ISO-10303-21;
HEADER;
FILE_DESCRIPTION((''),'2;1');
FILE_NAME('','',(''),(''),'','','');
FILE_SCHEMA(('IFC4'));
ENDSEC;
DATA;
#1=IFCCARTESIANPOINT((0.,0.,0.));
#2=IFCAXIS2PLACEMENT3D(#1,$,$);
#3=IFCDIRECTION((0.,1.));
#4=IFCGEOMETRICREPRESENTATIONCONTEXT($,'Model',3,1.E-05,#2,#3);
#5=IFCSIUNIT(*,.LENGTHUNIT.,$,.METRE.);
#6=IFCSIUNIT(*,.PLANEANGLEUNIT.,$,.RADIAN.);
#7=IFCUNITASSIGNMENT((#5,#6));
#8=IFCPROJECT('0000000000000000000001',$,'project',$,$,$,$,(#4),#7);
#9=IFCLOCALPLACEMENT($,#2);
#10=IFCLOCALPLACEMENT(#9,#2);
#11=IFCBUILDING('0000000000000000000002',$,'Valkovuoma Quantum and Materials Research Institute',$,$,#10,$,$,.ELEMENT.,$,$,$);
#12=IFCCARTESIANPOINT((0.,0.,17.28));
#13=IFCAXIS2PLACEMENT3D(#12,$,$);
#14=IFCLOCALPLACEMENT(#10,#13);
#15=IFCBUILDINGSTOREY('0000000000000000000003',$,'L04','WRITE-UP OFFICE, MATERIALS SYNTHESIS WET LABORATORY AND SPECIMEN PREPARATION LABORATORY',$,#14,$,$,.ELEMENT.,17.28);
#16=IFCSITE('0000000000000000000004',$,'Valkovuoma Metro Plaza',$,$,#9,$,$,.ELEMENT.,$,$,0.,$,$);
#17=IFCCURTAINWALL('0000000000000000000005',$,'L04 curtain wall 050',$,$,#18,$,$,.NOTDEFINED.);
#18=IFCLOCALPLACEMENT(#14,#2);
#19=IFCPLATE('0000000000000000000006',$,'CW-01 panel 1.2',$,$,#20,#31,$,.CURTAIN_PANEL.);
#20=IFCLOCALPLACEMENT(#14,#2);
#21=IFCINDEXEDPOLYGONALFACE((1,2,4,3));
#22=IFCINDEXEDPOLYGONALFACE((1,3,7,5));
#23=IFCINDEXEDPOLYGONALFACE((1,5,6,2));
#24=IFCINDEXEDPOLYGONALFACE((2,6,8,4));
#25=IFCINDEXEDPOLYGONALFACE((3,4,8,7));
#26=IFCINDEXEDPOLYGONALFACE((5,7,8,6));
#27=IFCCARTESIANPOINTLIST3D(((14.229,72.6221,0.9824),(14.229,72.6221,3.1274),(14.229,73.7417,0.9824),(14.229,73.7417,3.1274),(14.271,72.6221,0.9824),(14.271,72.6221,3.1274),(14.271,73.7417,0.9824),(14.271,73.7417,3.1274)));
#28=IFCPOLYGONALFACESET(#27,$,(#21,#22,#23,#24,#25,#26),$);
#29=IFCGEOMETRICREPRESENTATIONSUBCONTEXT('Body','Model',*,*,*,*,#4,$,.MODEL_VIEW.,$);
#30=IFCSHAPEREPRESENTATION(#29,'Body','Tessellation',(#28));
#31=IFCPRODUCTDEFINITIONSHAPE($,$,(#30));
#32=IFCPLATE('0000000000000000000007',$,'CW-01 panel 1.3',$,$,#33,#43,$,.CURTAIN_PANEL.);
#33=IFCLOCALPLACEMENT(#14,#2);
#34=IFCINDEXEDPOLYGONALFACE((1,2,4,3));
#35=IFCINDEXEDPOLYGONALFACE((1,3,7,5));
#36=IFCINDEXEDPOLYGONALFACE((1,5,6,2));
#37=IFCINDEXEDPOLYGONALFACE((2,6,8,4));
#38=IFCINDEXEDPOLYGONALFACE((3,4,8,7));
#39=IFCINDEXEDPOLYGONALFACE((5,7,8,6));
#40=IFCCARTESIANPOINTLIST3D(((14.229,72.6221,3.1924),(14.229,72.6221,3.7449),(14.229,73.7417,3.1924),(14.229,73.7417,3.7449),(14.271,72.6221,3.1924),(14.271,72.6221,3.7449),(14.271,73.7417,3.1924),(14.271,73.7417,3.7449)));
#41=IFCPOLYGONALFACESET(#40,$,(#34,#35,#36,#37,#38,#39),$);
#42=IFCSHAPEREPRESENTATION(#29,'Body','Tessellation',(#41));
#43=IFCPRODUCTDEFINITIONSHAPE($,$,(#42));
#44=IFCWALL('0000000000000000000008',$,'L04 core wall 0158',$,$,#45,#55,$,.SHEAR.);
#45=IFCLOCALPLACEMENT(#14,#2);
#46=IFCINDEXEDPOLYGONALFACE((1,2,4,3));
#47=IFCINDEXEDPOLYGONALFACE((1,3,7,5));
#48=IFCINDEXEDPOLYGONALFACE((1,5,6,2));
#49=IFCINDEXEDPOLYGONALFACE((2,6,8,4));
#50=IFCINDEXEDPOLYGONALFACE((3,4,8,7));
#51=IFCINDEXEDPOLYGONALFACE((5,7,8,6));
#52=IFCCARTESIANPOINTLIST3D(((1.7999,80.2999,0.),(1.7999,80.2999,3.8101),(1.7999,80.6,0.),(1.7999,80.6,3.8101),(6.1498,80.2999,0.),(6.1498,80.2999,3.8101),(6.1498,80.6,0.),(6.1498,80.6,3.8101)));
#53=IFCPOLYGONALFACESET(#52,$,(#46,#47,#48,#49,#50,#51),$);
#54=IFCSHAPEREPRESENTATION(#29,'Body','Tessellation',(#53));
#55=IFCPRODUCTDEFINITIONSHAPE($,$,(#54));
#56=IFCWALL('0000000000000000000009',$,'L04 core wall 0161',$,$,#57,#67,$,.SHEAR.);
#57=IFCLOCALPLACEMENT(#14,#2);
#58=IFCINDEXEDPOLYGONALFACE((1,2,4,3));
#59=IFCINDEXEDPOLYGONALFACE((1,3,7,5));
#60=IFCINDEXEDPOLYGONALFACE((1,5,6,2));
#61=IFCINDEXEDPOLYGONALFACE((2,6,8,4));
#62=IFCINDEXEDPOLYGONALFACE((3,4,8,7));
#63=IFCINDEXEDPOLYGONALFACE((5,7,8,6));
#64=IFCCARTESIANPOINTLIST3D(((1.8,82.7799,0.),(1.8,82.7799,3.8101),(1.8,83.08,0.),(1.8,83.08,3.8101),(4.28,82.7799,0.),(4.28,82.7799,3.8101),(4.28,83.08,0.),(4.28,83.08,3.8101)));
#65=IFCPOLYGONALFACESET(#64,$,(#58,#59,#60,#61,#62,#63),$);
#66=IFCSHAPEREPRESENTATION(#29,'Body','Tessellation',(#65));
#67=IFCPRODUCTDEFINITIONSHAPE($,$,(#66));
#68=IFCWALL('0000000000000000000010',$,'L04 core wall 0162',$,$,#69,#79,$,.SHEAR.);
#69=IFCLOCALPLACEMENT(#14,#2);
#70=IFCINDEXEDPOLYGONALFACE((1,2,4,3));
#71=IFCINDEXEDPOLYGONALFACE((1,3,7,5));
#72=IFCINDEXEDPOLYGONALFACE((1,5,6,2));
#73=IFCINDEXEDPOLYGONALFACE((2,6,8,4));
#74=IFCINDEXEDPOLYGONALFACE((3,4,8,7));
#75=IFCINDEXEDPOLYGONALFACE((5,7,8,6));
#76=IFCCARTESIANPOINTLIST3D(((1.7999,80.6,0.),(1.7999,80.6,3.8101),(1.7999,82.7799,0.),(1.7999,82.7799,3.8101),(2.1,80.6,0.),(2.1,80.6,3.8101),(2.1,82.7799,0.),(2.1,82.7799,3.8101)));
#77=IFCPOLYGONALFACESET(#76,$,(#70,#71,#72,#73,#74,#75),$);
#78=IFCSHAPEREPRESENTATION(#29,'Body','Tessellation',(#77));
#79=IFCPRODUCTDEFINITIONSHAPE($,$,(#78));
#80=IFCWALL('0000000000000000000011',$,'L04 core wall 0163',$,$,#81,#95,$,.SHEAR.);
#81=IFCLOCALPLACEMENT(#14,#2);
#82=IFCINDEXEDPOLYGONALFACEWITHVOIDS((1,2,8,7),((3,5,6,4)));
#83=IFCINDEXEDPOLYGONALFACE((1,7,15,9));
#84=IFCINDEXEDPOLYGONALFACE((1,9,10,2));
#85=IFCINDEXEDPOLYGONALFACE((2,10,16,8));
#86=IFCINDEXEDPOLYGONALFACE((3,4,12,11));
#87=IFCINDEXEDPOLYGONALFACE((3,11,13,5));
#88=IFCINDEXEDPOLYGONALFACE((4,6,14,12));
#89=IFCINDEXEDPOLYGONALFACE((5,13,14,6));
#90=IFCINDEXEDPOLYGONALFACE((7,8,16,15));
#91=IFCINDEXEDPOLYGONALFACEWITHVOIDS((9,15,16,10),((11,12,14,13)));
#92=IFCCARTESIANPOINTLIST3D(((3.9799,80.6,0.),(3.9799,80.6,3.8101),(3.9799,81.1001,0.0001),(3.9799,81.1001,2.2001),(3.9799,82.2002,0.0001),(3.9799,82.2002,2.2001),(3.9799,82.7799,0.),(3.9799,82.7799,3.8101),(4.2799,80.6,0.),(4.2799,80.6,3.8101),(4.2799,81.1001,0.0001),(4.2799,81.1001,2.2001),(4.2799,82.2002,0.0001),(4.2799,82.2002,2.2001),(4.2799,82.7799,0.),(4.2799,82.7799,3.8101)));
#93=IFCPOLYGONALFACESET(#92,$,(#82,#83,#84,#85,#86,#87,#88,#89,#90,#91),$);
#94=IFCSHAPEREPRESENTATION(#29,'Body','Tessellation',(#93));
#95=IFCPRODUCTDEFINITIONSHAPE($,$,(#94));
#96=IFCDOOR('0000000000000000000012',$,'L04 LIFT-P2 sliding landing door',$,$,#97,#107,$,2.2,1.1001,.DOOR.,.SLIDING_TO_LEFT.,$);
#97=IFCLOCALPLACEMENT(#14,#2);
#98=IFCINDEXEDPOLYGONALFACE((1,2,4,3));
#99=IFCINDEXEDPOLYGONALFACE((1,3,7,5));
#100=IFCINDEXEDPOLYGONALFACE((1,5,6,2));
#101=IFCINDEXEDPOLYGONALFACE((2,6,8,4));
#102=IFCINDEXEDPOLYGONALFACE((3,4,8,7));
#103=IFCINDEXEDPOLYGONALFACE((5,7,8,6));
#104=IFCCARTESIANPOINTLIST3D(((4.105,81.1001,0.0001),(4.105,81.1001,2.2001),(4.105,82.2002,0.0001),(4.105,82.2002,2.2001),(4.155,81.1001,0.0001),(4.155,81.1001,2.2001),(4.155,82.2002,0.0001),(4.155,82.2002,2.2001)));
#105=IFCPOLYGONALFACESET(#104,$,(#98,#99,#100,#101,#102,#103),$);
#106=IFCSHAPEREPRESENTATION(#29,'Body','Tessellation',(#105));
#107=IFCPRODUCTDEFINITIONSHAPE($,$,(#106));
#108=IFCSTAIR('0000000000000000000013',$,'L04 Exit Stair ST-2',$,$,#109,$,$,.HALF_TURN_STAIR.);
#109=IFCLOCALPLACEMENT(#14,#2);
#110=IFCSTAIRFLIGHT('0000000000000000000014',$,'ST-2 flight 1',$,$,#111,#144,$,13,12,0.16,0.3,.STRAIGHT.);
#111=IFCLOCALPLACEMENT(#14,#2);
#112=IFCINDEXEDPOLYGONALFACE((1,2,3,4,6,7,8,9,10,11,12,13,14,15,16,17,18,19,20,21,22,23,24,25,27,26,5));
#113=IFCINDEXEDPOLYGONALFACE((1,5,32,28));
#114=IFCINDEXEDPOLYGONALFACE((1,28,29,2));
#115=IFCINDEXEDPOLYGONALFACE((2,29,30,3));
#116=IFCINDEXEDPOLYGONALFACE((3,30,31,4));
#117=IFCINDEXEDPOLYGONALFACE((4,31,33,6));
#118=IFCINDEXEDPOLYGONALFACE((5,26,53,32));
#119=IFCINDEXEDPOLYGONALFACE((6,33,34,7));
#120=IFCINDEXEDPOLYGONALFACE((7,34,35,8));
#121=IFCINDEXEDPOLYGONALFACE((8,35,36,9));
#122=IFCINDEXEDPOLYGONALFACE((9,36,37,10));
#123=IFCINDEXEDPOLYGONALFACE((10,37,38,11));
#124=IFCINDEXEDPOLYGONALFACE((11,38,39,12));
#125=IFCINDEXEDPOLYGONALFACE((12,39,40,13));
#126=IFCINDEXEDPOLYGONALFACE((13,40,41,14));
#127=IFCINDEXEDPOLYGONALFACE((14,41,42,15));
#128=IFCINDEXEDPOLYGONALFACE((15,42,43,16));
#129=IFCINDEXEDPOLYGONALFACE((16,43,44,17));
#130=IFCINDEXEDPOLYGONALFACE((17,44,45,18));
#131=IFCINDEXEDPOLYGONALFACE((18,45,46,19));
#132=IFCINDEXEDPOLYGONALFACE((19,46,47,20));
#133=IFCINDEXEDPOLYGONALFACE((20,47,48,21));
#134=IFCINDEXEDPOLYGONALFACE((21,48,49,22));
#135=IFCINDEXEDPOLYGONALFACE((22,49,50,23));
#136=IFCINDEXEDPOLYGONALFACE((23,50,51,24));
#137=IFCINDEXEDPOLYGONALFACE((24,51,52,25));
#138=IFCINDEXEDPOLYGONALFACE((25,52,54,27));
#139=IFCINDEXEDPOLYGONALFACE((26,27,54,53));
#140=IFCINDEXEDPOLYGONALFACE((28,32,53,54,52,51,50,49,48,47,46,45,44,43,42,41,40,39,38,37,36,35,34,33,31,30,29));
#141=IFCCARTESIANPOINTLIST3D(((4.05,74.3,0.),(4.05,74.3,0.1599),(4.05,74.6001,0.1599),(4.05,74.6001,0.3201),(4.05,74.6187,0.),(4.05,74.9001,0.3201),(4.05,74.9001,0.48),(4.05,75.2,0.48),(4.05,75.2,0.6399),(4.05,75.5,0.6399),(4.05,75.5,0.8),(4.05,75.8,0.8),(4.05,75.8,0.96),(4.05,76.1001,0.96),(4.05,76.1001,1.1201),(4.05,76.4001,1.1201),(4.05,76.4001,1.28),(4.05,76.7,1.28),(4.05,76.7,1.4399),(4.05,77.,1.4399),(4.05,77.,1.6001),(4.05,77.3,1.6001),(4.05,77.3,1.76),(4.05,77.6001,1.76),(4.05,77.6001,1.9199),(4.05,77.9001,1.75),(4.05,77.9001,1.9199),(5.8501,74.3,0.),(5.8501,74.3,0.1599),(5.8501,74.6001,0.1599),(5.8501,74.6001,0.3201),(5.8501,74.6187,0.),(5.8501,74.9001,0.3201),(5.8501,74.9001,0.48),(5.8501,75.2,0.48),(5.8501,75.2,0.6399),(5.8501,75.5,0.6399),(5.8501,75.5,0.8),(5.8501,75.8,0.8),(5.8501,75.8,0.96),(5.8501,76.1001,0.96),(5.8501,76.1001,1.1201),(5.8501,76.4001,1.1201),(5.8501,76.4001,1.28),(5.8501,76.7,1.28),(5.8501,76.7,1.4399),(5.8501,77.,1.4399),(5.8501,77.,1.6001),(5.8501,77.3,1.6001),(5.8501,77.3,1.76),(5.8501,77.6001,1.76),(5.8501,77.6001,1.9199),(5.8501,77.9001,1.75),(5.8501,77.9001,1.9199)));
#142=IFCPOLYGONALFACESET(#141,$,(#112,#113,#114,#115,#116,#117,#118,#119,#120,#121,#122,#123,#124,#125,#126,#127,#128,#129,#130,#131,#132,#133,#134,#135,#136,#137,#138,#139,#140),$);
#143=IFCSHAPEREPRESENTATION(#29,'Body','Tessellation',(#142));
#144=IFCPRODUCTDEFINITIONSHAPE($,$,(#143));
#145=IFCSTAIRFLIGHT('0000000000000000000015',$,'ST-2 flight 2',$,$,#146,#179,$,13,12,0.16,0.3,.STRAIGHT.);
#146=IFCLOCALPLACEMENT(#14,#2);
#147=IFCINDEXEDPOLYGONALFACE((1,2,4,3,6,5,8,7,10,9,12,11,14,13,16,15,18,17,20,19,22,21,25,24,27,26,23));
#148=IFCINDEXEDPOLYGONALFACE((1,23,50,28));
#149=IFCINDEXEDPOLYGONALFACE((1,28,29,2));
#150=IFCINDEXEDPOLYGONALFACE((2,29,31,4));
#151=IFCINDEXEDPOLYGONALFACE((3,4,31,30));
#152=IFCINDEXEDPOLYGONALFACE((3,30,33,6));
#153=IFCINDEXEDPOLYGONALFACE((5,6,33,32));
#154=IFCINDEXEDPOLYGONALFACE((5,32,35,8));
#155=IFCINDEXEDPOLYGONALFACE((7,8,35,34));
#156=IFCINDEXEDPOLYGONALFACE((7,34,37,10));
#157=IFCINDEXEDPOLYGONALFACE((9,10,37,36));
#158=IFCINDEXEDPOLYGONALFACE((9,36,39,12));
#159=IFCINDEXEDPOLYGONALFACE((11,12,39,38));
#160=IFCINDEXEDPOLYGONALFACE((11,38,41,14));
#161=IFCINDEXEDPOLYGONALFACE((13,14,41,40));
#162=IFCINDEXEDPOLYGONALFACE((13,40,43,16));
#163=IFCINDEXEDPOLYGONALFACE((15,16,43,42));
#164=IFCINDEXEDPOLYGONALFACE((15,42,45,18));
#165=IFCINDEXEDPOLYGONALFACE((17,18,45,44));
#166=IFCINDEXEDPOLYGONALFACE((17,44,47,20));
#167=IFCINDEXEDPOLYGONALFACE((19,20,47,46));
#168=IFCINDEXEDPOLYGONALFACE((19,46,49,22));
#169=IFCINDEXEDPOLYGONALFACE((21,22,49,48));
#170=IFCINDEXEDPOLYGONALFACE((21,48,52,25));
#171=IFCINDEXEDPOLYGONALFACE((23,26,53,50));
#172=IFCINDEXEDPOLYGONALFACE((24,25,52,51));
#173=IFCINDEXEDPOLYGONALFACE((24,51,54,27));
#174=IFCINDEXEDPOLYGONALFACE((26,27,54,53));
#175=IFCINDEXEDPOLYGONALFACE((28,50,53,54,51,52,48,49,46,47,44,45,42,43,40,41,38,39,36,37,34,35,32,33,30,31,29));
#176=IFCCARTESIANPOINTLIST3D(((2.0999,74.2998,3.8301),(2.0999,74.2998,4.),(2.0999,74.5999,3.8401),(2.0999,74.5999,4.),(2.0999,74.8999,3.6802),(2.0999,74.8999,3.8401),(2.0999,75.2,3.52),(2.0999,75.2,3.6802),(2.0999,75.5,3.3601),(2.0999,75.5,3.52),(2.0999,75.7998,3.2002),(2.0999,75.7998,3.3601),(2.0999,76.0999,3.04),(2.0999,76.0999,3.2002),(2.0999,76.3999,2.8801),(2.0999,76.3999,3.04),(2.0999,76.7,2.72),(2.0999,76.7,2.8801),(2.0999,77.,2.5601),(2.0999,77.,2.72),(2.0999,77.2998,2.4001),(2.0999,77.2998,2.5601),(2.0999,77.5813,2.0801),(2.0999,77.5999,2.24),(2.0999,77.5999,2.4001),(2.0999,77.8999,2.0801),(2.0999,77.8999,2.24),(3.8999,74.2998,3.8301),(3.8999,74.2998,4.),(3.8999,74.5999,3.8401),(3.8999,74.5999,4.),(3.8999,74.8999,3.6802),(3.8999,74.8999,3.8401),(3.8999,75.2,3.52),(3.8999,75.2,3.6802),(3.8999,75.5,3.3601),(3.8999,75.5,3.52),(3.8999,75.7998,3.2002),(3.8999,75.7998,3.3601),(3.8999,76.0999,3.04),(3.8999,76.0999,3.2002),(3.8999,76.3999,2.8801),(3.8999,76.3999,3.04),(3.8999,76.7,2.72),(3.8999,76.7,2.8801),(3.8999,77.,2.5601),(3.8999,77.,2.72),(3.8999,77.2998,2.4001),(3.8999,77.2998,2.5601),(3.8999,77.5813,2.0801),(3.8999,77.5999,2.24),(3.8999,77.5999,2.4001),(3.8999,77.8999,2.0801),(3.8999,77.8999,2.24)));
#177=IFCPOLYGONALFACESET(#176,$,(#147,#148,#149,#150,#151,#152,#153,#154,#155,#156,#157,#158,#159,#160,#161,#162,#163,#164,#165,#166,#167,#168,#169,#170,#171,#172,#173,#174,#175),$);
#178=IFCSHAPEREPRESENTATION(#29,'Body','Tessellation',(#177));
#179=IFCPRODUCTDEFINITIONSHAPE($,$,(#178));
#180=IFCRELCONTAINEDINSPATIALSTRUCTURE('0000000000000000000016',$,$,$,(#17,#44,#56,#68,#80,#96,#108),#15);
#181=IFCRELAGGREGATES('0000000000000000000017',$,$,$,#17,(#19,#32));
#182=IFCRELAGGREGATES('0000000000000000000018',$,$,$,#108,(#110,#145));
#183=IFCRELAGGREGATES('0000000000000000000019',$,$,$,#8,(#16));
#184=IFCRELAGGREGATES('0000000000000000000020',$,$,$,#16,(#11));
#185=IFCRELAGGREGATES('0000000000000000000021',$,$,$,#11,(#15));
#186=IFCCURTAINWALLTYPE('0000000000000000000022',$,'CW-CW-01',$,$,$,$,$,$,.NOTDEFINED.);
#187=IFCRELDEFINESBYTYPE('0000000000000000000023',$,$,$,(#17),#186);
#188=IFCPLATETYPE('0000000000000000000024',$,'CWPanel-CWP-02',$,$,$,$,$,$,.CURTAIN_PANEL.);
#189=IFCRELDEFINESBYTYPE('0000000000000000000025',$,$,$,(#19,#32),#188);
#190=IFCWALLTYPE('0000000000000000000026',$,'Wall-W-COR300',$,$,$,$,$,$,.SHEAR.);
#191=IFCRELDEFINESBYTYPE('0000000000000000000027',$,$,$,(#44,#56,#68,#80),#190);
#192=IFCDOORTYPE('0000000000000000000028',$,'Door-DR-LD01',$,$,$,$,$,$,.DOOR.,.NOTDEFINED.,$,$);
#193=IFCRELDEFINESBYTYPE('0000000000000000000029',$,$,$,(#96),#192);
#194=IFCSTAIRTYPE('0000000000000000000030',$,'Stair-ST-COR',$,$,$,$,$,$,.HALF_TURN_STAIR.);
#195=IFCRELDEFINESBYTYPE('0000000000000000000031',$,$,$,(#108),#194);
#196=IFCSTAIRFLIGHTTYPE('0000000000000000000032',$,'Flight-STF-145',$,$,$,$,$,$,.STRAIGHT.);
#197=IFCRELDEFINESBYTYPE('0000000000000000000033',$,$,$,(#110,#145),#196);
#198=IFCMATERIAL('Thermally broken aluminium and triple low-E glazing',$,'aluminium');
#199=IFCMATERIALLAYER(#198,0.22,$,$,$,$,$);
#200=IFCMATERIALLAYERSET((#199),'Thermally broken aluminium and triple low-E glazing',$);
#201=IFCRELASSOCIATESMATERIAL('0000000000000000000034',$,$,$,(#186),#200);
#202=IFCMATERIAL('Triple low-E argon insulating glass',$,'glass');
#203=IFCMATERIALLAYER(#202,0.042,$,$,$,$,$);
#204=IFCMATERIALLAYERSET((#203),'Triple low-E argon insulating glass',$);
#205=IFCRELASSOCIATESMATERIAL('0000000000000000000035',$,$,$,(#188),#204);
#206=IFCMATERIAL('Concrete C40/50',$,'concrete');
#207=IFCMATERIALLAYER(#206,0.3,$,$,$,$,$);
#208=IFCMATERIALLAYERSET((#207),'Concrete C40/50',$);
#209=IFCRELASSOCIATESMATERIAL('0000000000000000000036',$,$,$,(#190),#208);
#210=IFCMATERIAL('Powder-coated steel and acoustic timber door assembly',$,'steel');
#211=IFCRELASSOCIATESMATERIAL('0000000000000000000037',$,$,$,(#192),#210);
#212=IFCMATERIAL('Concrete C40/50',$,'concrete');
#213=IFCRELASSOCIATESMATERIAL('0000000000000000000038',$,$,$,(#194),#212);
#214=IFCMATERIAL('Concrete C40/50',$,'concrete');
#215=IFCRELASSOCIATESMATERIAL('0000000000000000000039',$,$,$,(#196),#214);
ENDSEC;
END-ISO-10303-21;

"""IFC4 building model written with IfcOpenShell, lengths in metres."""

from ifc_helpers import new_model, si_unit, direction, frame, frame_2d, origin, origin_2d, place, context, subcontext, project, spatial, polyline, rectangle, outline, extrude, material, layer, layer_set, type_object, element, fill, aggregate, save


model = new_model("IFC4")

# Units and contexts
model_context = context("Model", 3, precision=1e-05, world=origin(), true_north=direction((0.0, 1.0)))
body_context = subcontext(model_context, "Body", "Model", "MODEL_VIEW")
ifc_project = project(units=[si_unit("LENGTHUNIT", "METRE"), si_unit("PLANEANGLEUNIT", "RADIAN")], contexts=[model_context])

# Site, building, storey
site_placement = place(None, origin())
site = spatial("IfcSite", under=ifc_project, at=site_placement, Name="Valkovuoma Metro Plaza", CompositionType="ELEMENT", RefElevation=0.0)
building_placement = place(site_placement, origin())
building = spatial("IfcBuilding", under=site, at=building_placement, Name="Valkovuoma Quantum and Materials Research Institute", CompositionType="ELEMENT")
storey_placement = place(building_placement, frame((0.0, 0.0, 17.28)))
storey = spatial("IfcBuildingStorey", under=building, at=storey_placement, Name="L04", Description="WRITE-UP OFFICE, MATERIALS SYNTHESIS WET LABORATORY AND SPECIMEN PREPARATION LABORATORY", CompositionType="ELEMENT", Elevation=17.28)

# Curtain wall
ifc_material_1 = material(Name="Thermally broken aluminium and triple low-E glazing", Category="aluminium")
ifc_layer_1 = layer(ifc_material_1, 0.22)
ifc_layer_set_1 = layer_set([ifc_layer_1], Name="Thermally broken aluminium and triple low-E glazing")
curtain_wall_type = type_object("IfcCurtainWallType", Name="CW-CW-01", PredefinedType="NOTDEFINED", material=ifc_layer_set_1)
curtain_wall_1_placement = place(storey_placement, origin())
curtain_wall_1 = element("IfcCurtainWall", 1, at=curtain_wall_1_placement, inside=storey, type_object=curtain_wall_type, Name="L04 curtain wall 050", PredefinedType="NOTDEFINED")

# Plates
ifc_material_2 = material(Name="Triple low-E argon insulating glass", Category="glass")
ifc_layer_2 = layer(ifc_material_2, 0.042)
ifc_layer_set_2 = layer_set([ifc_layer_2], Name="Triple low-E argon insulating glass")
plate_type_1 = type_object("IfcPlateType", Name="CWPanel-CWP-02", PredefinedType="CURTAIN_PANEL", material=ifc_layer_set_2)
plate_1_placement = place(storey_placement, frame((14.25, 73.1819, 0.9824), z_axis=(0.0, 0.0, 1.0), x_axis=(0.0, 1.0, 0.0)))
plate_1 = element("IfcPlate", 2, at=plate_1_placement, type_object=plate_type_1, Name="CW-01 panel 1.2", PredefinedType="CURTAIN_PANEL", context=body_context, shape_type="SweptSolid", body=[
    extrude(rectangle(XDim=1.1196, YDim=0.042, at=origin_2d()), origin(), (0.0, 0.0, 1.0), 2.145),
])
plate_2_placement = place(storey_placement, frame((14.25, 73.1819, 3.1924), z_axis=(0.0, 0.0, 1.0), x_axis=(0.0, 1.0, 0.0)))
plate_2 = element("IfcPlate", 3, at=plate_2_placement, type_object=plate_type_1, Name="CW-01 panel 1.3", PredefinedType="CURTAIN_PANEL", context=body_context, shape_type="SweptSolid", body=[
    extrude(rectangle(XDim=1.1196, YDim=0.042, at=origin_2d()), origin(), (0.0, 0.0, 1.0), 0.5525),
])
aggregate(curtain_wall_1, [plate_1, plate_2])

# Walls
ifc_material_3 = material(Name="Concrete C40/50", Category="concrete")
ifc_layer_3 = layer(ifc_material_3, 0.3)
ifc_layer_set_3 = layer_set([ifc_layer_3], Name="Concrete C40/50")
wall_type = type_object("IfcWallType", Name="Wall-W-COR300", PredefinedType="SHEAR", material=ifc_layer_set_3)
wall_1_placement = place(storey_placement, frame((1.8, 80.45, 0.0), z_axis=(0.0, 0.0, 1.0), x_axis=(1.0, 0.0, 0.0)))
element("IfcWall", 4, at=wall_1_placement, inside=storey, type_object=wall_type, Name="L04 core wall 0158", PredefinedType="SHEAR", context=body_context, shape_type="SweptSolid", body=[
    extrude(rectangle(XDim=4.3499, YDim=0.3, at=frame_2d((2.1748, 0.0))), origin(), (0.0, 0.0, 1.0), 3.8101),
])
wall_2_placement = place(storey_placement, frame((1.8, 82.9299, 0.0), z_axis=(0.0, 0.0, 1.0), x_axis=(1.0, 0.0, 0.0)))
element("IfcWall", 5, at=wall_2_placement, inside=storey, type_object=wall_type, Name="L04 core wall 0161", PredefinedType="SHEAR", context=body_context, shape_type="SweptSolid", body=[
    extrude(rectangle(XDim=2.48, YDim=0.3, at=frame_2d((1.24, 0.0))), origin(), (0.0, 0.0, 1.0), 3.8101),
])
wall_3_placement = place(storey_placement, frame((1.95, 80.6001, 0.0), z_axis=(0.0, 0.0, 1.0), x_axis=(0.0, 1.0, 0.0)))
element("IfcWall", 6, at=wall_3_placement, inside=storey, type_object=wall_type, Name="L04 core wall 0162", PredefinedType="SHEAR", context=body_context, shape_type="SweptSolid", body=[
    extrude(rectangle(XDim=2.1799, YDim=0.3, at=frame_2d((1.0898, 0.0))), origin(), (0.0, 0.0, 1.0), 3.8101),
])

# Wall, opening, door
wall_4_placement = place(storey_placement, frame((4.1299, 80.6001, 0.0), z_axis=(0.0, 0.0, 1.0), x_axis=(0.0, 1.0, 0.0)))
wall_4 = element("IfcWall", 7, at=wall_4_placement, inside=storey, type_object=wall_type, Name="L04 core wall 0163", PredefinedType="SHEAR", context=body_context, shape_type="SweptSolid", body=[
    extrude(rectangle(XDim=2.1799, YDim=0.3, at=frame_2d((1.0898, 0.0))), origin(), (0.0, 0.0, 1.0), 3.8101),
])
opening_placement = place(wall_4_placement, frame((0.5, 0.0, 0.0)))
opening = element("IfcOpeningElement", 8, at=opening_placement, cuts=wall_4, PredefinedType="OPENING", context=body_context, shape_type="SweptSolid", body=[
    extrude(rectangle(XDim=1.1001, YDim=2.2, at=frame_2d((0.55, 1.1001))), frame((0.0, 0.1602, 0.0), z_axis=(0.0, -1.0, 0.0), x_axis=(1.0, 0.0, 0.0)), (0.0, 0.0, 1.0), 0.3201),
])
ifc_material_4 = material(Name="Powder-coated steel and acoustic timber door assembly", Category="steel")
door_type = type_object("IfcDoorType", Name="Door-DR-LD01", OperationType="NOTDEFINED", PredefinedType="DOOR", material=ifc_material_4)
door_placement = place(opening_placement, origin())
door = element("IfcDoor", 9, at=door_placement, inside=storey, type_object=door_type, Name="L04 LIFT-P2 sliding landing door", OperationType="SLIDING_TO_LEFT", OverallHeight=2.2, OverallWidth=1.1001, PredefinedType="DOOR", context=body_context, shape_type="SweptSolid", body=[
    extrude(rectangle(XDim=1.1001, YDim=2.2, at=frame_2d((0.55, 1.1001))), frame((0.0, 0.0249, 0.0), z_axis=(0.0, -1.0, 0.0), x_axis=(1.0, 0.0, 0.0)), (0.0, 0.0, 1.0), 0.05),
])
fill(opening, door)

# Stair, stair flights
ifc_material_5 = material(Name="Concrete C40/50", Category="concrete")
stair_type = type_object("IfcStairType", Name="Stair-ST-COR", PredefinedType="HALF_TURN_STAIR", material=ifc_material_5)
stair_placement = place(storey_placement, origin())
stair = element("IfcStair", 10, at=stair_placement, inside=storey, type_object=stair_type, Name="L04 Exit Stair ST-2", PredefinedType="HALF_TURN_STAIR")
ifc_material_6 = material(Name="Concrete C40/50", Category="concrete")
stair_flight_type = type_object("IfcStairFlightType", Name="Flight-STF-145", PredefinedType="STRAIGHT", material=ifc_material_6)
stair_flight_1_placement = place(storey_placement, frame((4.95, 74.3, 0.0), z_axis=(0.0, 0.0, 1.0), x_axis=(0.0, 1.0, 0.0)))
stair_flight_1 = element("IfcStairFlight", 11, at=stair_flight_1_placement, type_object=stair_flight_type, Name="ST-2 flight 1", NumberOfRisers=13, NumberOfTreads=12, PredefinedType="STRAIGHT", RiserHeight=0.16, TreadLength=0.3, context=body_context, shape_type="SweptSolid", body=[
    extrude(outline(polyline([(0.0, 0.0), (0.0, 0.1599), (0.3, 0.1599), (0.3, 0.3201), (0.6001, 0.3201), (0.6001, 0.48), (0.8999, 0.48), (0.8999, 0.6399), (1.2, 0.6399), (1.2, 0.8), (1.5, 0.8), (1.5, 0.96), (1.8, 0.96), (1.8, 1.1201), (2.1001, 1.1201), (2.1001, 1.28), (2.3999, 1.28), (2.3999, 1.4399), (2.7, 1.4399), (2.7, 1.6001), (3.0, 1.6001), (3.0, 1.76), (3.3, 1.76), (3.3, 1.9199), (3.6001, 1.9199), (3.6001, 2.0801), (3.6001, 1.75), (0.3186, 0.0), (0.0, 0.0)])), frame((0.0, 0.8999, 0.0), z_axis=(0.0, -1.0, 0.0), x_axis=(1.0, 0.0, 0.0)), (0.0, 0.0, 1.0), 1.8),
])
stair_flight_2_placement = place(storey_placement, frame((3.0, 77.8999, 2.0801), z_axis=(0.0, 0.0, 1.0), x_axis=(0.0, -1.0, 0.0)))
stair_flight_2 = element("IfcStairFlight", 12, at=stair_flight_2_placement, type_object=stair_flight_type, Name="ST-2 flight 2", NumberOfRisers=13, NumberOfTreads=12, PredefinedType="STRAIGHT", RiserHeight=0.16, TreadLength=0.3, context=body_context, shape_type="SweptSolid", body=[
    extrude(outline(polyline([(0.0, 0.0), (0.0, 0.1599), (0.3, 0.1599), (0.3, 0.3201), (0.6001, 0.3201), (0.6001, 0.48), (0.8999, 0.48), (0.8999, 0.6399), (1.2, 0.6399), (1.2, 0.8), (1.5, 0.8), (1.5, 0.96), (1.8, 0.96), (1.8, 1.1201), (2.1001, 1.1201), (2.1001, 1.28), (2.3999, 1.28), (2.3999, 1.4399), (2.7, 1.4399), (2.7, 1.6001), (3.0, 1.6001), (3.0, 1.76), (3.3, 1.76), (3.3, 1.9199), (3.6001, 1.9199), (3.6001, 2.0801), (3.6001, 1.75), (0.3186, 0.0), (0.0, 0.0)])), frame((0.0, 0.8999, 0.0), z_axis=(0.0, -1.0, 0.0), x_axis=(1.0, 0.0, 0.0)), (0.0, 0.0, 1.0), 1.8),
])
aggregate(stair, [stair_flight_1, stair_flight_2])

save(model, "model.ifc")
